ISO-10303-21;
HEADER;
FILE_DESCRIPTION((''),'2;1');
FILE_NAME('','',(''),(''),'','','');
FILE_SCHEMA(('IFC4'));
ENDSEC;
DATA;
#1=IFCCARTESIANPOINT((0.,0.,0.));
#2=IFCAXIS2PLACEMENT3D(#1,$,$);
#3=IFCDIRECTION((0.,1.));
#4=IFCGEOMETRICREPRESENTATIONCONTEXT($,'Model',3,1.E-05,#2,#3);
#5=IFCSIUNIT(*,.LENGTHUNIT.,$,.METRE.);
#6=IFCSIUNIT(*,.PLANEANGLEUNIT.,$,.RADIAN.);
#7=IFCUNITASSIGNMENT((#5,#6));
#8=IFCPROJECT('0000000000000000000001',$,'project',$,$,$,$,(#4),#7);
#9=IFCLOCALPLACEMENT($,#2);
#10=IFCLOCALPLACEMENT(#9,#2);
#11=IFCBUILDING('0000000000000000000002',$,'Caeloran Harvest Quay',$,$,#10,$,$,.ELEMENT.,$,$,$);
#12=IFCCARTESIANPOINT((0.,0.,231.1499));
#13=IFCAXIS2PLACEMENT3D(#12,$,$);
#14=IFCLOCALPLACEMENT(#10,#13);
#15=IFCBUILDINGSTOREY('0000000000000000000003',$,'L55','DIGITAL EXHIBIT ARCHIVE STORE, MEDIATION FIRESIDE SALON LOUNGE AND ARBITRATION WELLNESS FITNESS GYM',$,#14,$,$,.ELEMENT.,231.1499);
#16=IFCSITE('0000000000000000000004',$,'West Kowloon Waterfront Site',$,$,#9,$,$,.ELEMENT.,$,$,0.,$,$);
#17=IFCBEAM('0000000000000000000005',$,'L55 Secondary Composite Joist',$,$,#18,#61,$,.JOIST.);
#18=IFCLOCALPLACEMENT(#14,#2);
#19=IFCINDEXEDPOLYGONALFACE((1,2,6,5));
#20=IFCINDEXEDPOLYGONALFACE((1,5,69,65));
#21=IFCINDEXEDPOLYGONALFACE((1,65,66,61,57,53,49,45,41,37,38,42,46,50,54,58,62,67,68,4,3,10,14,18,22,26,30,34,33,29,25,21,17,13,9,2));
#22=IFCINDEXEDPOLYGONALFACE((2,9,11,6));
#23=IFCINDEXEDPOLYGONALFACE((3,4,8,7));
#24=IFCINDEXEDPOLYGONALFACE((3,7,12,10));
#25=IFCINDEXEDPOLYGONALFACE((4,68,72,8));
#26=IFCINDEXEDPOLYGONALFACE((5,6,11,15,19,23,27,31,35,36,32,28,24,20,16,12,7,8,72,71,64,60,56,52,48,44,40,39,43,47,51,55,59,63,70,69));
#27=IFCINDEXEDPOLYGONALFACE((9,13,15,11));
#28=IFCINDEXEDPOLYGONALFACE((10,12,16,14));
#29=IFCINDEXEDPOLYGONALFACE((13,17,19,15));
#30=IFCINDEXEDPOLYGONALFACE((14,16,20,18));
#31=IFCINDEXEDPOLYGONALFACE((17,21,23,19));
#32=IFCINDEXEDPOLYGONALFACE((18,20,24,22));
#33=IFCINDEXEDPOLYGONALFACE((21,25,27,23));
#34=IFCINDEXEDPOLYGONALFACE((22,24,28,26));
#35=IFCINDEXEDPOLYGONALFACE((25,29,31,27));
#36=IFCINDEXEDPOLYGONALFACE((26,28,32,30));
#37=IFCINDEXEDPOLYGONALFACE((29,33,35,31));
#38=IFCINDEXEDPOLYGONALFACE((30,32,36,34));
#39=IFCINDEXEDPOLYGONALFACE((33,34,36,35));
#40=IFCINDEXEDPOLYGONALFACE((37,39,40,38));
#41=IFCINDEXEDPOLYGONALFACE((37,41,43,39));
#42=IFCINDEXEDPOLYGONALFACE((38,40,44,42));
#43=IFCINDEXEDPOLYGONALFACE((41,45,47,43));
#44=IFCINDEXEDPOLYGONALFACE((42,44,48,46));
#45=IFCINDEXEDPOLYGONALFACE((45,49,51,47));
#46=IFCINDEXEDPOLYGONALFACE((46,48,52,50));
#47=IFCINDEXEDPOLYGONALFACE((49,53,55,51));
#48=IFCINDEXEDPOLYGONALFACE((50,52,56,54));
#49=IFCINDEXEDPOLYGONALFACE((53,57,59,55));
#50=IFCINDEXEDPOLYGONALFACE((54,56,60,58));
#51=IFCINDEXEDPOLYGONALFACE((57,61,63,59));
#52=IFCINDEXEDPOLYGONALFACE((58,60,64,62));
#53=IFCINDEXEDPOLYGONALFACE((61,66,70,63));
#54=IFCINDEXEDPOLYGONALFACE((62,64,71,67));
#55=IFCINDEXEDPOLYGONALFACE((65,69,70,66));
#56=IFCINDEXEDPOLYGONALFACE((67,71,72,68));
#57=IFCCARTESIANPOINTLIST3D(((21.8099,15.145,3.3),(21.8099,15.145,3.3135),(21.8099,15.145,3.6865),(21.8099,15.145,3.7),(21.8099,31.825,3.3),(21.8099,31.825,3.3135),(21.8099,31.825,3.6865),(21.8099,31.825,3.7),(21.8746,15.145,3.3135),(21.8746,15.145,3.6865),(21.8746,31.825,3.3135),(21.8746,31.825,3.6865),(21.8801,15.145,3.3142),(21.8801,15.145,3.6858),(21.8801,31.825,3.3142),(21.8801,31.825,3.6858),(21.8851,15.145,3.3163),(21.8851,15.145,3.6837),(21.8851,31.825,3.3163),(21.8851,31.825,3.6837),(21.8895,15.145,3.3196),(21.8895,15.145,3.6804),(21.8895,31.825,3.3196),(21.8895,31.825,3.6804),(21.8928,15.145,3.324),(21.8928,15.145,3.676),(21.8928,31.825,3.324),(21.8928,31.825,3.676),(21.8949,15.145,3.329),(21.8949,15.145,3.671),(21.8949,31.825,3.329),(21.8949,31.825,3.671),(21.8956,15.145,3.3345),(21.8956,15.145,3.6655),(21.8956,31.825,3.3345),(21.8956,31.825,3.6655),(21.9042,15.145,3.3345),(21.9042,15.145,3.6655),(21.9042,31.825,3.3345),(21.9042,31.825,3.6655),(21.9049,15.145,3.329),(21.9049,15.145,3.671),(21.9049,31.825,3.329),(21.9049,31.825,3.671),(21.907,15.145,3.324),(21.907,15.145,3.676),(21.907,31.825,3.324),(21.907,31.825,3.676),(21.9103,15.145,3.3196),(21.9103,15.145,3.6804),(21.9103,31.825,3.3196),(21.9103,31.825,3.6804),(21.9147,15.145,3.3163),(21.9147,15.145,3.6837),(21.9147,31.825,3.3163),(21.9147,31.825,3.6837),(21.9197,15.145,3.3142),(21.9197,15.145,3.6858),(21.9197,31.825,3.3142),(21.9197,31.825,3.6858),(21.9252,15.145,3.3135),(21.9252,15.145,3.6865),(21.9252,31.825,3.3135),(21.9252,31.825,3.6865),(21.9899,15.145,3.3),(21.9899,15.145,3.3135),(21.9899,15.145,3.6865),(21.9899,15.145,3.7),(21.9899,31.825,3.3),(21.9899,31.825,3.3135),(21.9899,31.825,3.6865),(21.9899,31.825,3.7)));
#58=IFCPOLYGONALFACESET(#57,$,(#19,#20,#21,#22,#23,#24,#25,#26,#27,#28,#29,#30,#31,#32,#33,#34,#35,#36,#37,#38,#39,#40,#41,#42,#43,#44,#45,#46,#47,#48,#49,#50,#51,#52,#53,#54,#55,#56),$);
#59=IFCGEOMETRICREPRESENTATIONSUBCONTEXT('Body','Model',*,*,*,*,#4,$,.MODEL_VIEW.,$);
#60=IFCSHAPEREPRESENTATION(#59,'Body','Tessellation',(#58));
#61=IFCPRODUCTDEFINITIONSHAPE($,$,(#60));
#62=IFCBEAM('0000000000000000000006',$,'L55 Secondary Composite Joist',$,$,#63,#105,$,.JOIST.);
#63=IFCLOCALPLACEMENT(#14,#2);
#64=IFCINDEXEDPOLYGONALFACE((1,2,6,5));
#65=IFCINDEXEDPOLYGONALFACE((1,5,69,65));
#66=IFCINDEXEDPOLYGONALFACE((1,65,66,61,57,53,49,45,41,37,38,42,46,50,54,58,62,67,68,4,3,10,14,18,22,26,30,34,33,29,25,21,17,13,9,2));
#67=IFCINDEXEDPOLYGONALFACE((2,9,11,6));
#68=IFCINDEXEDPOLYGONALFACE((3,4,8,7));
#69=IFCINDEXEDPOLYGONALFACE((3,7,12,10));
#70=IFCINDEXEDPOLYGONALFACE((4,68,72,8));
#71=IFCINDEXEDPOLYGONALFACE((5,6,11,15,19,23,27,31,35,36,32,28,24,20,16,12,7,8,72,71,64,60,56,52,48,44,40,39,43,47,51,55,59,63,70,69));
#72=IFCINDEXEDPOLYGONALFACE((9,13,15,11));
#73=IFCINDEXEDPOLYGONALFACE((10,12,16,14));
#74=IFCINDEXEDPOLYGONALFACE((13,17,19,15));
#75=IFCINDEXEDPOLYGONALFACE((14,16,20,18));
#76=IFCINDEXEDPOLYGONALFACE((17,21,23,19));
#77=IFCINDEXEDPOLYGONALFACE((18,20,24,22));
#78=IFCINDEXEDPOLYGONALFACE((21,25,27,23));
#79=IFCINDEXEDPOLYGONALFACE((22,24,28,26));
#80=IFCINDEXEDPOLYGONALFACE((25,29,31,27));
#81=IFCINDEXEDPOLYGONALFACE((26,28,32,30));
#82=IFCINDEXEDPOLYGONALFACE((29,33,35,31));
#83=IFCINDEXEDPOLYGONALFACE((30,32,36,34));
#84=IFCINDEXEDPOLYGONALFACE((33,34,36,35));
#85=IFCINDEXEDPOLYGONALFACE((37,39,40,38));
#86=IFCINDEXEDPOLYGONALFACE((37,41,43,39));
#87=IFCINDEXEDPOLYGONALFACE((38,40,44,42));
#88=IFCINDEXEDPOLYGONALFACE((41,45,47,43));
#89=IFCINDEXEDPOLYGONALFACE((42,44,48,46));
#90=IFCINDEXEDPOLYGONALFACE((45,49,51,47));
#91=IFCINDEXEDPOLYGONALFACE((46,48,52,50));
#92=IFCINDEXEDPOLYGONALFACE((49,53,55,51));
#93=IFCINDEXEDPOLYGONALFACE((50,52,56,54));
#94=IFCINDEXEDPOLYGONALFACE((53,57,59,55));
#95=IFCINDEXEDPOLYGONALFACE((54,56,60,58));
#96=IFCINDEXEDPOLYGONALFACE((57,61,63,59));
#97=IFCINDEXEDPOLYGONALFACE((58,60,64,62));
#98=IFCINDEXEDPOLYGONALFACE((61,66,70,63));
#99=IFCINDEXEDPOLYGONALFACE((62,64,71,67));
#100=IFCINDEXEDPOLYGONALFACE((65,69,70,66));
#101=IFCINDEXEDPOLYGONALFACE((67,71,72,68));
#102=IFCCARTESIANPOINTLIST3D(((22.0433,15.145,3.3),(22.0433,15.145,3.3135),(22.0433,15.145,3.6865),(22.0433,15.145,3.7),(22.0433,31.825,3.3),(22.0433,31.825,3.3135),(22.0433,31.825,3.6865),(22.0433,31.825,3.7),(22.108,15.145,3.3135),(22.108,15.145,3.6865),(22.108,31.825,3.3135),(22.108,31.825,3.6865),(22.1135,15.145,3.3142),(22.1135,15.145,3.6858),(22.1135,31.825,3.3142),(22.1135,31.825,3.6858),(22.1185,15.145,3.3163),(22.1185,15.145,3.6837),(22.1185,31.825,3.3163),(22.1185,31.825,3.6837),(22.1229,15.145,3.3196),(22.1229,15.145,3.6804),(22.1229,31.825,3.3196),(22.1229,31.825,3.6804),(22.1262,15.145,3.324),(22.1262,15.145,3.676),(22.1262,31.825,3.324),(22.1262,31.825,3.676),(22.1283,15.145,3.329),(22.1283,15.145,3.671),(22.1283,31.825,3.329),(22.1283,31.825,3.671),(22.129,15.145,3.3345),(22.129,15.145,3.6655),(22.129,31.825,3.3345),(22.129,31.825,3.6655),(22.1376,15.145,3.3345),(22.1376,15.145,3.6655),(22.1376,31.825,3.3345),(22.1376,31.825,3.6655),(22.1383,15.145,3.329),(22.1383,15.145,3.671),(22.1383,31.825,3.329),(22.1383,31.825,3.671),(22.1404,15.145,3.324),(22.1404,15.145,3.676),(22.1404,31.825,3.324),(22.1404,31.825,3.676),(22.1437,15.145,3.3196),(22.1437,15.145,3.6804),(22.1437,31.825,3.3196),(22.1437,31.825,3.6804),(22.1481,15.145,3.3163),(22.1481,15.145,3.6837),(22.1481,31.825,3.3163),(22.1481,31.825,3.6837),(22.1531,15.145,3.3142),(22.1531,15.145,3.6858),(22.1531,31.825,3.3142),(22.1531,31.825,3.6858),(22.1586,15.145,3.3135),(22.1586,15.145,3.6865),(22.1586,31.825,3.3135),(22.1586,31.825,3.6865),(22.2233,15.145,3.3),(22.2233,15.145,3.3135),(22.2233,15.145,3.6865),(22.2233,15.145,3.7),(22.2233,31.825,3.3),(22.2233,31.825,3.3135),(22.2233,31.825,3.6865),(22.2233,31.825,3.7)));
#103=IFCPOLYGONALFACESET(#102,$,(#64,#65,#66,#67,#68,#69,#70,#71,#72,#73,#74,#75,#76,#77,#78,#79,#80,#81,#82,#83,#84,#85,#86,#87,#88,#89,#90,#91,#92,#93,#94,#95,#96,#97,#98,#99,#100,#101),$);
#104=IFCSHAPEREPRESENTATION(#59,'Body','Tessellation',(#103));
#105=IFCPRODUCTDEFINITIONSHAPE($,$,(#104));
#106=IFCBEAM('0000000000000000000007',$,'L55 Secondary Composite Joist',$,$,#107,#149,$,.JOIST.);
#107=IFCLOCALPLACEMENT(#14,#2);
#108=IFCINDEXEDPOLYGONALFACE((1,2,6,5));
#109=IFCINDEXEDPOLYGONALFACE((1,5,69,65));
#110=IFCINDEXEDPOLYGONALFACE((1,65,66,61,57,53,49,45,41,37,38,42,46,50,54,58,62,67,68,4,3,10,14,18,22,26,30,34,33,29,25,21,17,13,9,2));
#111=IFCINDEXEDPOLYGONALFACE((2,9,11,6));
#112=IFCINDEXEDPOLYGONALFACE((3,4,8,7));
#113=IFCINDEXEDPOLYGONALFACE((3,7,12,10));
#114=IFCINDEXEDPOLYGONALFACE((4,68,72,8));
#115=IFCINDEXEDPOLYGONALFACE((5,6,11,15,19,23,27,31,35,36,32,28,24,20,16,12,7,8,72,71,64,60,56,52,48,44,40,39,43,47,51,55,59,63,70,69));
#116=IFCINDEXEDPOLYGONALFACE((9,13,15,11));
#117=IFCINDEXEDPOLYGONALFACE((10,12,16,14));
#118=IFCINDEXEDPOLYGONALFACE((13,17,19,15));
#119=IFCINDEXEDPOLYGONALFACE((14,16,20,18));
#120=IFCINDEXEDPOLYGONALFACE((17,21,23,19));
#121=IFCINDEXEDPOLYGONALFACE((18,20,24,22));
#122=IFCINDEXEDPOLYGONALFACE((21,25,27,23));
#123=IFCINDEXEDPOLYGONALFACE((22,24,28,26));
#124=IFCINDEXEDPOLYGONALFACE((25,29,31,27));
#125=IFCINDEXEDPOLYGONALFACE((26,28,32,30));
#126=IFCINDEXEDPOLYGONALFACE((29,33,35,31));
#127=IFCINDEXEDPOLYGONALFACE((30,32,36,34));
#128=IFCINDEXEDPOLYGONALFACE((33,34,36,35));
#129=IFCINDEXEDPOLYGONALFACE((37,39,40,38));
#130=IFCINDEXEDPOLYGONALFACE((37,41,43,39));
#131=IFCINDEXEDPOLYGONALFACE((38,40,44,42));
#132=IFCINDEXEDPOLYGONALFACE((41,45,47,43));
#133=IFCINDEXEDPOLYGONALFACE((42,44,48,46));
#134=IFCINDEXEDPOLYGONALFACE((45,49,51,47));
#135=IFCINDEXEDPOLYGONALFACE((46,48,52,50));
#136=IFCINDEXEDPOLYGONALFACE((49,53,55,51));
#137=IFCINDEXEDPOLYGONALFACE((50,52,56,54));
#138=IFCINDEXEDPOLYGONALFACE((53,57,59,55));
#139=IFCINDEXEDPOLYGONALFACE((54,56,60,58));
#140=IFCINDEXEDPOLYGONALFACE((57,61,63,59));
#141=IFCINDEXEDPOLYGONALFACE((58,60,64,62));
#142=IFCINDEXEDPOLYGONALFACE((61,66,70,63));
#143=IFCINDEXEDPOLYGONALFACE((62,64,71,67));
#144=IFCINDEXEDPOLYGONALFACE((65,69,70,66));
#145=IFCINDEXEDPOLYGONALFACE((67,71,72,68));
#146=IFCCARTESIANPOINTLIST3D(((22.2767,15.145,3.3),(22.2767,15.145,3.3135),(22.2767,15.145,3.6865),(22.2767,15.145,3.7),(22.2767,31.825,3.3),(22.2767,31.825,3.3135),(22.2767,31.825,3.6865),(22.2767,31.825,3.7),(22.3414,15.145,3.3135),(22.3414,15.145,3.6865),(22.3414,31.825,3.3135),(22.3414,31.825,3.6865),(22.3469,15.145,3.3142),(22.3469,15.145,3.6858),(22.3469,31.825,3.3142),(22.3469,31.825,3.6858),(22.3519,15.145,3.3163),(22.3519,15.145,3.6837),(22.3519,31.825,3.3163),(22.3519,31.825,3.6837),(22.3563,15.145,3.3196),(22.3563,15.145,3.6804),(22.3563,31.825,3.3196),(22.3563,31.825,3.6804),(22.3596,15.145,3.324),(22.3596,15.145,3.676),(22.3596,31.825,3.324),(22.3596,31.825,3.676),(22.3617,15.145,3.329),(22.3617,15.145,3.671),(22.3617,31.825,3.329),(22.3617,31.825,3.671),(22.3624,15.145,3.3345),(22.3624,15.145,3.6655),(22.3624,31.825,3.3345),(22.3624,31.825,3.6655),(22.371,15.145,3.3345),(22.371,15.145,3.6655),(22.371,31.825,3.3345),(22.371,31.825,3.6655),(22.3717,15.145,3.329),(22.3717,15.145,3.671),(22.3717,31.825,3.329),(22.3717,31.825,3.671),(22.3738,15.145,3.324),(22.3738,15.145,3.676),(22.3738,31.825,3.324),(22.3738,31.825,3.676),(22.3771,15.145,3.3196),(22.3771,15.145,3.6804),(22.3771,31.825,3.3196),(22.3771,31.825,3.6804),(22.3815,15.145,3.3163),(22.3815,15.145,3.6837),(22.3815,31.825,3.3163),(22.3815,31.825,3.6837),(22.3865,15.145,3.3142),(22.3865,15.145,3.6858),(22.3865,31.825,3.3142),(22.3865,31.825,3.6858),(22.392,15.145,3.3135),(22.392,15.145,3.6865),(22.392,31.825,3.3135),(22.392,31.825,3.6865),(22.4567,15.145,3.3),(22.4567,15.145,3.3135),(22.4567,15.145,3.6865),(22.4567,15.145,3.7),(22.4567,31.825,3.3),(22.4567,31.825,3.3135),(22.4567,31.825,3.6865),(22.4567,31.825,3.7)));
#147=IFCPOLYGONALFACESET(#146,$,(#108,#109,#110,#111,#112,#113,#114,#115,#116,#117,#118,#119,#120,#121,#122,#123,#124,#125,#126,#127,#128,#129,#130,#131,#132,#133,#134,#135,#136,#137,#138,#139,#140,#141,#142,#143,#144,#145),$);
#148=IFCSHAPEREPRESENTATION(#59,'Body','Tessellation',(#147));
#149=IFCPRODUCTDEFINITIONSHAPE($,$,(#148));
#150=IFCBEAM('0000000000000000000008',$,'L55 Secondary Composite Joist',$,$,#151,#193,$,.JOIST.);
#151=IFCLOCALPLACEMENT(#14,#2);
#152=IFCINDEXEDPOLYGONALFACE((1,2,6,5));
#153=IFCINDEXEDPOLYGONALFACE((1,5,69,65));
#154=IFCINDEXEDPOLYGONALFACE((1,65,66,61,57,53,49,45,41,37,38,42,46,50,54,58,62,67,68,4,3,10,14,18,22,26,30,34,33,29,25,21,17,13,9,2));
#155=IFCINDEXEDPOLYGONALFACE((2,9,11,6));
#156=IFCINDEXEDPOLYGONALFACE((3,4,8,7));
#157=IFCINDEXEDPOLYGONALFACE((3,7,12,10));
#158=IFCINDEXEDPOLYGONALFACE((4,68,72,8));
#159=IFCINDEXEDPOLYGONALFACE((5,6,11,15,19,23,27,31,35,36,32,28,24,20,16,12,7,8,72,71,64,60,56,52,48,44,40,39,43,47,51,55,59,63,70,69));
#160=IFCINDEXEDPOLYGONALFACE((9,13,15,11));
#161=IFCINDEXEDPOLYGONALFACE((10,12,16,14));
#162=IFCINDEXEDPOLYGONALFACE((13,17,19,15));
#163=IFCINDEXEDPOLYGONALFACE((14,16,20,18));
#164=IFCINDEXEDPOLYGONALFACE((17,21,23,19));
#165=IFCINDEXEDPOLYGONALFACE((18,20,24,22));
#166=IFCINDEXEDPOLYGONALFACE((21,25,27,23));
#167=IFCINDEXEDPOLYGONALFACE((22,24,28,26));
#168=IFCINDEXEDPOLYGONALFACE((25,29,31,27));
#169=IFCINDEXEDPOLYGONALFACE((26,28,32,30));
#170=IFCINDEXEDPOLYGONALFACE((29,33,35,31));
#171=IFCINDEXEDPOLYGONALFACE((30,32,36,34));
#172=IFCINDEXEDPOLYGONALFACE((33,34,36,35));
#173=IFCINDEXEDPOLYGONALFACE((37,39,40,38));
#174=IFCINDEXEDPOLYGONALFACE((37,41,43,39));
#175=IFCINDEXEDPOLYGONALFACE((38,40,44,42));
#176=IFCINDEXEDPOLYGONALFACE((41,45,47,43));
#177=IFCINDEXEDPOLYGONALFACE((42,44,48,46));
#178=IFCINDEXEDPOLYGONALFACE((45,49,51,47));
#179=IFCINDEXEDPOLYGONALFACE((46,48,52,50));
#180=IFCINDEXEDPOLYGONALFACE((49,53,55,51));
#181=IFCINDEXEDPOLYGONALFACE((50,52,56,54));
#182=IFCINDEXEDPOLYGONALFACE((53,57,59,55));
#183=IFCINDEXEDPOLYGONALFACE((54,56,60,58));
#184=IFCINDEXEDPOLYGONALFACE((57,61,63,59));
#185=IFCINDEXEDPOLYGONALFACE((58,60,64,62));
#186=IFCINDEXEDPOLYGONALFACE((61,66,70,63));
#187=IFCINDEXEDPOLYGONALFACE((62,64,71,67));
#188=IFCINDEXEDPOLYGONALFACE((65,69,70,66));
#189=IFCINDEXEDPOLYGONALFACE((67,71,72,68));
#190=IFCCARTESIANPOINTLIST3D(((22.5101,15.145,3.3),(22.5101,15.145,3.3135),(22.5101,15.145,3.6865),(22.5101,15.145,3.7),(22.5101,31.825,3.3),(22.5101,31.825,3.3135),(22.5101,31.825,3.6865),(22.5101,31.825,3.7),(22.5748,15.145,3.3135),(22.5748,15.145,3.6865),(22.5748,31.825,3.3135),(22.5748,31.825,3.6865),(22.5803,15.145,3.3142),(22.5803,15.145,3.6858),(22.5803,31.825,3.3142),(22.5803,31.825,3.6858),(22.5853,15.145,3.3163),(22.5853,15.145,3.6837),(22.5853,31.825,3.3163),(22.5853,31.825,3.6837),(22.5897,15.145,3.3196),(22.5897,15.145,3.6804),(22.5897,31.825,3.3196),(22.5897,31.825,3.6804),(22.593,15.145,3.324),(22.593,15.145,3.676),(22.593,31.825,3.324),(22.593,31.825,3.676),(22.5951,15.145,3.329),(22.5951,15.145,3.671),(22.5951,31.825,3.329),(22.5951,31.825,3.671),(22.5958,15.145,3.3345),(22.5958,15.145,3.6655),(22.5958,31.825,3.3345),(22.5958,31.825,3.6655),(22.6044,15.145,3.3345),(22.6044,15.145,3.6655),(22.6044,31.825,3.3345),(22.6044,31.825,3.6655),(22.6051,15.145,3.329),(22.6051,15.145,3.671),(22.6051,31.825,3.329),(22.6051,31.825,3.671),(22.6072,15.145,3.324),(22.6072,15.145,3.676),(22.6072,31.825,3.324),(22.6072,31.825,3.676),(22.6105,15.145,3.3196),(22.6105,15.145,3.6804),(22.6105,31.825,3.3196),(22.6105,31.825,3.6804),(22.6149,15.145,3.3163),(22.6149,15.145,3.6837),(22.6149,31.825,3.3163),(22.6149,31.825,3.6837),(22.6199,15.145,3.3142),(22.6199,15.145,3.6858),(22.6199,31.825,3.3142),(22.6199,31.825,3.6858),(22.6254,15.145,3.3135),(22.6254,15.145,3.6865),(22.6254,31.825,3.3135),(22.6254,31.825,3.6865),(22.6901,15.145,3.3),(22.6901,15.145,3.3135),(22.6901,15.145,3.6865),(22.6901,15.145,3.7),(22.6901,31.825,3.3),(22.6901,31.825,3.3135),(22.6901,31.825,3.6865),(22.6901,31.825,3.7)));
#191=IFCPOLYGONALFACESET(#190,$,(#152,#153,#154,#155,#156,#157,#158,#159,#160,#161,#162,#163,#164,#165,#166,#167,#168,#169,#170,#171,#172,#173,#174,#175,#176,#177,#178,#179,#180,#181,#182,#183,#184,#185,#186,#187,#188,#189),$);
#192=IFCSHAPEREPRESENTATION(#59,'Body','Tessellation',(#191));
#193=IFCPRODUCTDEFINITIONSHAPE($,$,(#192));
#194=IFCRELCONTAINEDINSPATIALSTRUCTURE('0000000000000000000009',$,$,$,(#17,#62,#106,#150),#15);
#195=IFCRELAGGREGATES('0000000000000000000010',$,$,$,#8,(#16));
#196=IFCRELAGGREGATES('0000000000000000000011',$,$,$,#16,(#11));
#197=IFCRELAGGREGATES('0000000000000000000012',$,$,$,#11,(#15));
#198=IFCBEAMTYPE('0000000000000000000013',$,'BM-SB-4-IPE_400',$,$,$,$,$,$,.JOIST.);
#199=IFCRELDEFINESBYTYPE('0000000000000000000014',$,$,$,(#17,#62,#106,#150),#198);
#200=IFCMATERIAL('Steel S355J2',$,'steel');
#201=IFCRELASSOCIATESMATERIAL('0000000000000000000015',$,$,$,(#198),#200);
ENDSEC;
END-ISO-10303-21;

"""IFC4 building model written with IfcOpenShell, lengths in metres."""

from ifc_helpers import new_model, si_unit, direction, frame, origin, origin_2d, place, context, subcontext, project, spatial, i_section, extrude, material, material_profile, profile_set, type_object, element, save


model = new_model("IFC4")

# Units and contexts
model_context = context("Model", 3, precision=1e-05, world=origin(), true_north=direction((0.0, 1.0)))
body_context = subcontext(model_context, "Body", "Model", "MODEL_VIEW")
ifc_project = project(units=[si_unit("LENGTHUNIT", "METRE"), si_unit("PLANEANGLEUNIT", "RADIAN")], contexts=[model_context])

# Site, building, storey
site_placement = place(None, origin())
site = spatial("IfcSite", under=ifc_project, at=site_placement, Name="West Kowloon Waterfront Site", CompositionType="ELEMENT", RefElevation=0.0)
building_placement = place(site_placement, origin())
building = spatial("IfcBuilding", under=site, at=building_placement, Name="Caeloran Harvest Quay", CompositionType="ELEMENT")
storey_placement = place(building_placement, frame((0.0, 0.0, 231.1499)))
storey = spatial("IfcBuildingStorey", under=building, at=storey_placement, Name="L55", Description="DIGITAL EXHIBIT ARCHIVE STORE, MEDIATION FIRESIDE SALON LOUNGE AND ARBITRATION WELLNESS FITNESS GYM", CompositionType="ELEMENT", Elevation=231.1499)

# Beams
ifc_material_1 = material(Name="Steel S355J2", Category="steel")
ifc_material_profile_1 = material_profile(ifc_material_1, i_section(OverallWidth=0.1799, OverallDepth=0.3999, WebThickness=0.0085, FlangeThickness=0.0134, FilletRadius=0.021, at=origin_2d()), Name="IPE 400")
ifc_profile_set_1 = profile_set([ifc_material_profile_1], Name="Steel S355J2")
beam_type_1 = type_object("IfcBeamType", Name="BM-SB-4-IPE_400", PredefinedType="JOIST", material=ifc_profile_set_1)
for number, where, z_axis, x_axis, name in (
    (1, (21.8999, 15.145, 3.5), (0.0, 1.0, 0.0), (-1.0, 0.0, 0.0), "L55 Secondary Composite Joist"),
    (2, (22.1333, 15.145, 3.5), (0.0, 1.0, 0.0), (-1.0, 0.0, 0.0), "L55 Secondary Composite Joist"),
    (3, (22.3667, 15.145, 3.5), (0.0, 1.0, 0.0), (-1.0, 0.0, 0.0), "L55 Secondary Composite Joist"),
    (4, (22.6001, 15.145, 3.5), (0.0, 1.0, 0.0), (-1.0, 0.0, 0.0), "L55 Secondary Composite Joist"),
):
    element("IfcBeam", number, at=place(storey_placement, frame(where, z_axis=z_axis, x_axis=x_axis)), inside=storey, type_object=beam_type_1, Name=name, PredefinedType="JOIST", context=body_context, shape_type="SweptSolid", body=[
        extrude(i_section(OverallWidth=0.1799, OverallDepth=0.3999, WebThickness=0.0085, FlangeThickness=0.0134, FilletRadius=0.021, at=origin_2d()), origin(), (0.0, 0.0, 1.0), 16.6799),
    ])

save(model, "model.ifc")
